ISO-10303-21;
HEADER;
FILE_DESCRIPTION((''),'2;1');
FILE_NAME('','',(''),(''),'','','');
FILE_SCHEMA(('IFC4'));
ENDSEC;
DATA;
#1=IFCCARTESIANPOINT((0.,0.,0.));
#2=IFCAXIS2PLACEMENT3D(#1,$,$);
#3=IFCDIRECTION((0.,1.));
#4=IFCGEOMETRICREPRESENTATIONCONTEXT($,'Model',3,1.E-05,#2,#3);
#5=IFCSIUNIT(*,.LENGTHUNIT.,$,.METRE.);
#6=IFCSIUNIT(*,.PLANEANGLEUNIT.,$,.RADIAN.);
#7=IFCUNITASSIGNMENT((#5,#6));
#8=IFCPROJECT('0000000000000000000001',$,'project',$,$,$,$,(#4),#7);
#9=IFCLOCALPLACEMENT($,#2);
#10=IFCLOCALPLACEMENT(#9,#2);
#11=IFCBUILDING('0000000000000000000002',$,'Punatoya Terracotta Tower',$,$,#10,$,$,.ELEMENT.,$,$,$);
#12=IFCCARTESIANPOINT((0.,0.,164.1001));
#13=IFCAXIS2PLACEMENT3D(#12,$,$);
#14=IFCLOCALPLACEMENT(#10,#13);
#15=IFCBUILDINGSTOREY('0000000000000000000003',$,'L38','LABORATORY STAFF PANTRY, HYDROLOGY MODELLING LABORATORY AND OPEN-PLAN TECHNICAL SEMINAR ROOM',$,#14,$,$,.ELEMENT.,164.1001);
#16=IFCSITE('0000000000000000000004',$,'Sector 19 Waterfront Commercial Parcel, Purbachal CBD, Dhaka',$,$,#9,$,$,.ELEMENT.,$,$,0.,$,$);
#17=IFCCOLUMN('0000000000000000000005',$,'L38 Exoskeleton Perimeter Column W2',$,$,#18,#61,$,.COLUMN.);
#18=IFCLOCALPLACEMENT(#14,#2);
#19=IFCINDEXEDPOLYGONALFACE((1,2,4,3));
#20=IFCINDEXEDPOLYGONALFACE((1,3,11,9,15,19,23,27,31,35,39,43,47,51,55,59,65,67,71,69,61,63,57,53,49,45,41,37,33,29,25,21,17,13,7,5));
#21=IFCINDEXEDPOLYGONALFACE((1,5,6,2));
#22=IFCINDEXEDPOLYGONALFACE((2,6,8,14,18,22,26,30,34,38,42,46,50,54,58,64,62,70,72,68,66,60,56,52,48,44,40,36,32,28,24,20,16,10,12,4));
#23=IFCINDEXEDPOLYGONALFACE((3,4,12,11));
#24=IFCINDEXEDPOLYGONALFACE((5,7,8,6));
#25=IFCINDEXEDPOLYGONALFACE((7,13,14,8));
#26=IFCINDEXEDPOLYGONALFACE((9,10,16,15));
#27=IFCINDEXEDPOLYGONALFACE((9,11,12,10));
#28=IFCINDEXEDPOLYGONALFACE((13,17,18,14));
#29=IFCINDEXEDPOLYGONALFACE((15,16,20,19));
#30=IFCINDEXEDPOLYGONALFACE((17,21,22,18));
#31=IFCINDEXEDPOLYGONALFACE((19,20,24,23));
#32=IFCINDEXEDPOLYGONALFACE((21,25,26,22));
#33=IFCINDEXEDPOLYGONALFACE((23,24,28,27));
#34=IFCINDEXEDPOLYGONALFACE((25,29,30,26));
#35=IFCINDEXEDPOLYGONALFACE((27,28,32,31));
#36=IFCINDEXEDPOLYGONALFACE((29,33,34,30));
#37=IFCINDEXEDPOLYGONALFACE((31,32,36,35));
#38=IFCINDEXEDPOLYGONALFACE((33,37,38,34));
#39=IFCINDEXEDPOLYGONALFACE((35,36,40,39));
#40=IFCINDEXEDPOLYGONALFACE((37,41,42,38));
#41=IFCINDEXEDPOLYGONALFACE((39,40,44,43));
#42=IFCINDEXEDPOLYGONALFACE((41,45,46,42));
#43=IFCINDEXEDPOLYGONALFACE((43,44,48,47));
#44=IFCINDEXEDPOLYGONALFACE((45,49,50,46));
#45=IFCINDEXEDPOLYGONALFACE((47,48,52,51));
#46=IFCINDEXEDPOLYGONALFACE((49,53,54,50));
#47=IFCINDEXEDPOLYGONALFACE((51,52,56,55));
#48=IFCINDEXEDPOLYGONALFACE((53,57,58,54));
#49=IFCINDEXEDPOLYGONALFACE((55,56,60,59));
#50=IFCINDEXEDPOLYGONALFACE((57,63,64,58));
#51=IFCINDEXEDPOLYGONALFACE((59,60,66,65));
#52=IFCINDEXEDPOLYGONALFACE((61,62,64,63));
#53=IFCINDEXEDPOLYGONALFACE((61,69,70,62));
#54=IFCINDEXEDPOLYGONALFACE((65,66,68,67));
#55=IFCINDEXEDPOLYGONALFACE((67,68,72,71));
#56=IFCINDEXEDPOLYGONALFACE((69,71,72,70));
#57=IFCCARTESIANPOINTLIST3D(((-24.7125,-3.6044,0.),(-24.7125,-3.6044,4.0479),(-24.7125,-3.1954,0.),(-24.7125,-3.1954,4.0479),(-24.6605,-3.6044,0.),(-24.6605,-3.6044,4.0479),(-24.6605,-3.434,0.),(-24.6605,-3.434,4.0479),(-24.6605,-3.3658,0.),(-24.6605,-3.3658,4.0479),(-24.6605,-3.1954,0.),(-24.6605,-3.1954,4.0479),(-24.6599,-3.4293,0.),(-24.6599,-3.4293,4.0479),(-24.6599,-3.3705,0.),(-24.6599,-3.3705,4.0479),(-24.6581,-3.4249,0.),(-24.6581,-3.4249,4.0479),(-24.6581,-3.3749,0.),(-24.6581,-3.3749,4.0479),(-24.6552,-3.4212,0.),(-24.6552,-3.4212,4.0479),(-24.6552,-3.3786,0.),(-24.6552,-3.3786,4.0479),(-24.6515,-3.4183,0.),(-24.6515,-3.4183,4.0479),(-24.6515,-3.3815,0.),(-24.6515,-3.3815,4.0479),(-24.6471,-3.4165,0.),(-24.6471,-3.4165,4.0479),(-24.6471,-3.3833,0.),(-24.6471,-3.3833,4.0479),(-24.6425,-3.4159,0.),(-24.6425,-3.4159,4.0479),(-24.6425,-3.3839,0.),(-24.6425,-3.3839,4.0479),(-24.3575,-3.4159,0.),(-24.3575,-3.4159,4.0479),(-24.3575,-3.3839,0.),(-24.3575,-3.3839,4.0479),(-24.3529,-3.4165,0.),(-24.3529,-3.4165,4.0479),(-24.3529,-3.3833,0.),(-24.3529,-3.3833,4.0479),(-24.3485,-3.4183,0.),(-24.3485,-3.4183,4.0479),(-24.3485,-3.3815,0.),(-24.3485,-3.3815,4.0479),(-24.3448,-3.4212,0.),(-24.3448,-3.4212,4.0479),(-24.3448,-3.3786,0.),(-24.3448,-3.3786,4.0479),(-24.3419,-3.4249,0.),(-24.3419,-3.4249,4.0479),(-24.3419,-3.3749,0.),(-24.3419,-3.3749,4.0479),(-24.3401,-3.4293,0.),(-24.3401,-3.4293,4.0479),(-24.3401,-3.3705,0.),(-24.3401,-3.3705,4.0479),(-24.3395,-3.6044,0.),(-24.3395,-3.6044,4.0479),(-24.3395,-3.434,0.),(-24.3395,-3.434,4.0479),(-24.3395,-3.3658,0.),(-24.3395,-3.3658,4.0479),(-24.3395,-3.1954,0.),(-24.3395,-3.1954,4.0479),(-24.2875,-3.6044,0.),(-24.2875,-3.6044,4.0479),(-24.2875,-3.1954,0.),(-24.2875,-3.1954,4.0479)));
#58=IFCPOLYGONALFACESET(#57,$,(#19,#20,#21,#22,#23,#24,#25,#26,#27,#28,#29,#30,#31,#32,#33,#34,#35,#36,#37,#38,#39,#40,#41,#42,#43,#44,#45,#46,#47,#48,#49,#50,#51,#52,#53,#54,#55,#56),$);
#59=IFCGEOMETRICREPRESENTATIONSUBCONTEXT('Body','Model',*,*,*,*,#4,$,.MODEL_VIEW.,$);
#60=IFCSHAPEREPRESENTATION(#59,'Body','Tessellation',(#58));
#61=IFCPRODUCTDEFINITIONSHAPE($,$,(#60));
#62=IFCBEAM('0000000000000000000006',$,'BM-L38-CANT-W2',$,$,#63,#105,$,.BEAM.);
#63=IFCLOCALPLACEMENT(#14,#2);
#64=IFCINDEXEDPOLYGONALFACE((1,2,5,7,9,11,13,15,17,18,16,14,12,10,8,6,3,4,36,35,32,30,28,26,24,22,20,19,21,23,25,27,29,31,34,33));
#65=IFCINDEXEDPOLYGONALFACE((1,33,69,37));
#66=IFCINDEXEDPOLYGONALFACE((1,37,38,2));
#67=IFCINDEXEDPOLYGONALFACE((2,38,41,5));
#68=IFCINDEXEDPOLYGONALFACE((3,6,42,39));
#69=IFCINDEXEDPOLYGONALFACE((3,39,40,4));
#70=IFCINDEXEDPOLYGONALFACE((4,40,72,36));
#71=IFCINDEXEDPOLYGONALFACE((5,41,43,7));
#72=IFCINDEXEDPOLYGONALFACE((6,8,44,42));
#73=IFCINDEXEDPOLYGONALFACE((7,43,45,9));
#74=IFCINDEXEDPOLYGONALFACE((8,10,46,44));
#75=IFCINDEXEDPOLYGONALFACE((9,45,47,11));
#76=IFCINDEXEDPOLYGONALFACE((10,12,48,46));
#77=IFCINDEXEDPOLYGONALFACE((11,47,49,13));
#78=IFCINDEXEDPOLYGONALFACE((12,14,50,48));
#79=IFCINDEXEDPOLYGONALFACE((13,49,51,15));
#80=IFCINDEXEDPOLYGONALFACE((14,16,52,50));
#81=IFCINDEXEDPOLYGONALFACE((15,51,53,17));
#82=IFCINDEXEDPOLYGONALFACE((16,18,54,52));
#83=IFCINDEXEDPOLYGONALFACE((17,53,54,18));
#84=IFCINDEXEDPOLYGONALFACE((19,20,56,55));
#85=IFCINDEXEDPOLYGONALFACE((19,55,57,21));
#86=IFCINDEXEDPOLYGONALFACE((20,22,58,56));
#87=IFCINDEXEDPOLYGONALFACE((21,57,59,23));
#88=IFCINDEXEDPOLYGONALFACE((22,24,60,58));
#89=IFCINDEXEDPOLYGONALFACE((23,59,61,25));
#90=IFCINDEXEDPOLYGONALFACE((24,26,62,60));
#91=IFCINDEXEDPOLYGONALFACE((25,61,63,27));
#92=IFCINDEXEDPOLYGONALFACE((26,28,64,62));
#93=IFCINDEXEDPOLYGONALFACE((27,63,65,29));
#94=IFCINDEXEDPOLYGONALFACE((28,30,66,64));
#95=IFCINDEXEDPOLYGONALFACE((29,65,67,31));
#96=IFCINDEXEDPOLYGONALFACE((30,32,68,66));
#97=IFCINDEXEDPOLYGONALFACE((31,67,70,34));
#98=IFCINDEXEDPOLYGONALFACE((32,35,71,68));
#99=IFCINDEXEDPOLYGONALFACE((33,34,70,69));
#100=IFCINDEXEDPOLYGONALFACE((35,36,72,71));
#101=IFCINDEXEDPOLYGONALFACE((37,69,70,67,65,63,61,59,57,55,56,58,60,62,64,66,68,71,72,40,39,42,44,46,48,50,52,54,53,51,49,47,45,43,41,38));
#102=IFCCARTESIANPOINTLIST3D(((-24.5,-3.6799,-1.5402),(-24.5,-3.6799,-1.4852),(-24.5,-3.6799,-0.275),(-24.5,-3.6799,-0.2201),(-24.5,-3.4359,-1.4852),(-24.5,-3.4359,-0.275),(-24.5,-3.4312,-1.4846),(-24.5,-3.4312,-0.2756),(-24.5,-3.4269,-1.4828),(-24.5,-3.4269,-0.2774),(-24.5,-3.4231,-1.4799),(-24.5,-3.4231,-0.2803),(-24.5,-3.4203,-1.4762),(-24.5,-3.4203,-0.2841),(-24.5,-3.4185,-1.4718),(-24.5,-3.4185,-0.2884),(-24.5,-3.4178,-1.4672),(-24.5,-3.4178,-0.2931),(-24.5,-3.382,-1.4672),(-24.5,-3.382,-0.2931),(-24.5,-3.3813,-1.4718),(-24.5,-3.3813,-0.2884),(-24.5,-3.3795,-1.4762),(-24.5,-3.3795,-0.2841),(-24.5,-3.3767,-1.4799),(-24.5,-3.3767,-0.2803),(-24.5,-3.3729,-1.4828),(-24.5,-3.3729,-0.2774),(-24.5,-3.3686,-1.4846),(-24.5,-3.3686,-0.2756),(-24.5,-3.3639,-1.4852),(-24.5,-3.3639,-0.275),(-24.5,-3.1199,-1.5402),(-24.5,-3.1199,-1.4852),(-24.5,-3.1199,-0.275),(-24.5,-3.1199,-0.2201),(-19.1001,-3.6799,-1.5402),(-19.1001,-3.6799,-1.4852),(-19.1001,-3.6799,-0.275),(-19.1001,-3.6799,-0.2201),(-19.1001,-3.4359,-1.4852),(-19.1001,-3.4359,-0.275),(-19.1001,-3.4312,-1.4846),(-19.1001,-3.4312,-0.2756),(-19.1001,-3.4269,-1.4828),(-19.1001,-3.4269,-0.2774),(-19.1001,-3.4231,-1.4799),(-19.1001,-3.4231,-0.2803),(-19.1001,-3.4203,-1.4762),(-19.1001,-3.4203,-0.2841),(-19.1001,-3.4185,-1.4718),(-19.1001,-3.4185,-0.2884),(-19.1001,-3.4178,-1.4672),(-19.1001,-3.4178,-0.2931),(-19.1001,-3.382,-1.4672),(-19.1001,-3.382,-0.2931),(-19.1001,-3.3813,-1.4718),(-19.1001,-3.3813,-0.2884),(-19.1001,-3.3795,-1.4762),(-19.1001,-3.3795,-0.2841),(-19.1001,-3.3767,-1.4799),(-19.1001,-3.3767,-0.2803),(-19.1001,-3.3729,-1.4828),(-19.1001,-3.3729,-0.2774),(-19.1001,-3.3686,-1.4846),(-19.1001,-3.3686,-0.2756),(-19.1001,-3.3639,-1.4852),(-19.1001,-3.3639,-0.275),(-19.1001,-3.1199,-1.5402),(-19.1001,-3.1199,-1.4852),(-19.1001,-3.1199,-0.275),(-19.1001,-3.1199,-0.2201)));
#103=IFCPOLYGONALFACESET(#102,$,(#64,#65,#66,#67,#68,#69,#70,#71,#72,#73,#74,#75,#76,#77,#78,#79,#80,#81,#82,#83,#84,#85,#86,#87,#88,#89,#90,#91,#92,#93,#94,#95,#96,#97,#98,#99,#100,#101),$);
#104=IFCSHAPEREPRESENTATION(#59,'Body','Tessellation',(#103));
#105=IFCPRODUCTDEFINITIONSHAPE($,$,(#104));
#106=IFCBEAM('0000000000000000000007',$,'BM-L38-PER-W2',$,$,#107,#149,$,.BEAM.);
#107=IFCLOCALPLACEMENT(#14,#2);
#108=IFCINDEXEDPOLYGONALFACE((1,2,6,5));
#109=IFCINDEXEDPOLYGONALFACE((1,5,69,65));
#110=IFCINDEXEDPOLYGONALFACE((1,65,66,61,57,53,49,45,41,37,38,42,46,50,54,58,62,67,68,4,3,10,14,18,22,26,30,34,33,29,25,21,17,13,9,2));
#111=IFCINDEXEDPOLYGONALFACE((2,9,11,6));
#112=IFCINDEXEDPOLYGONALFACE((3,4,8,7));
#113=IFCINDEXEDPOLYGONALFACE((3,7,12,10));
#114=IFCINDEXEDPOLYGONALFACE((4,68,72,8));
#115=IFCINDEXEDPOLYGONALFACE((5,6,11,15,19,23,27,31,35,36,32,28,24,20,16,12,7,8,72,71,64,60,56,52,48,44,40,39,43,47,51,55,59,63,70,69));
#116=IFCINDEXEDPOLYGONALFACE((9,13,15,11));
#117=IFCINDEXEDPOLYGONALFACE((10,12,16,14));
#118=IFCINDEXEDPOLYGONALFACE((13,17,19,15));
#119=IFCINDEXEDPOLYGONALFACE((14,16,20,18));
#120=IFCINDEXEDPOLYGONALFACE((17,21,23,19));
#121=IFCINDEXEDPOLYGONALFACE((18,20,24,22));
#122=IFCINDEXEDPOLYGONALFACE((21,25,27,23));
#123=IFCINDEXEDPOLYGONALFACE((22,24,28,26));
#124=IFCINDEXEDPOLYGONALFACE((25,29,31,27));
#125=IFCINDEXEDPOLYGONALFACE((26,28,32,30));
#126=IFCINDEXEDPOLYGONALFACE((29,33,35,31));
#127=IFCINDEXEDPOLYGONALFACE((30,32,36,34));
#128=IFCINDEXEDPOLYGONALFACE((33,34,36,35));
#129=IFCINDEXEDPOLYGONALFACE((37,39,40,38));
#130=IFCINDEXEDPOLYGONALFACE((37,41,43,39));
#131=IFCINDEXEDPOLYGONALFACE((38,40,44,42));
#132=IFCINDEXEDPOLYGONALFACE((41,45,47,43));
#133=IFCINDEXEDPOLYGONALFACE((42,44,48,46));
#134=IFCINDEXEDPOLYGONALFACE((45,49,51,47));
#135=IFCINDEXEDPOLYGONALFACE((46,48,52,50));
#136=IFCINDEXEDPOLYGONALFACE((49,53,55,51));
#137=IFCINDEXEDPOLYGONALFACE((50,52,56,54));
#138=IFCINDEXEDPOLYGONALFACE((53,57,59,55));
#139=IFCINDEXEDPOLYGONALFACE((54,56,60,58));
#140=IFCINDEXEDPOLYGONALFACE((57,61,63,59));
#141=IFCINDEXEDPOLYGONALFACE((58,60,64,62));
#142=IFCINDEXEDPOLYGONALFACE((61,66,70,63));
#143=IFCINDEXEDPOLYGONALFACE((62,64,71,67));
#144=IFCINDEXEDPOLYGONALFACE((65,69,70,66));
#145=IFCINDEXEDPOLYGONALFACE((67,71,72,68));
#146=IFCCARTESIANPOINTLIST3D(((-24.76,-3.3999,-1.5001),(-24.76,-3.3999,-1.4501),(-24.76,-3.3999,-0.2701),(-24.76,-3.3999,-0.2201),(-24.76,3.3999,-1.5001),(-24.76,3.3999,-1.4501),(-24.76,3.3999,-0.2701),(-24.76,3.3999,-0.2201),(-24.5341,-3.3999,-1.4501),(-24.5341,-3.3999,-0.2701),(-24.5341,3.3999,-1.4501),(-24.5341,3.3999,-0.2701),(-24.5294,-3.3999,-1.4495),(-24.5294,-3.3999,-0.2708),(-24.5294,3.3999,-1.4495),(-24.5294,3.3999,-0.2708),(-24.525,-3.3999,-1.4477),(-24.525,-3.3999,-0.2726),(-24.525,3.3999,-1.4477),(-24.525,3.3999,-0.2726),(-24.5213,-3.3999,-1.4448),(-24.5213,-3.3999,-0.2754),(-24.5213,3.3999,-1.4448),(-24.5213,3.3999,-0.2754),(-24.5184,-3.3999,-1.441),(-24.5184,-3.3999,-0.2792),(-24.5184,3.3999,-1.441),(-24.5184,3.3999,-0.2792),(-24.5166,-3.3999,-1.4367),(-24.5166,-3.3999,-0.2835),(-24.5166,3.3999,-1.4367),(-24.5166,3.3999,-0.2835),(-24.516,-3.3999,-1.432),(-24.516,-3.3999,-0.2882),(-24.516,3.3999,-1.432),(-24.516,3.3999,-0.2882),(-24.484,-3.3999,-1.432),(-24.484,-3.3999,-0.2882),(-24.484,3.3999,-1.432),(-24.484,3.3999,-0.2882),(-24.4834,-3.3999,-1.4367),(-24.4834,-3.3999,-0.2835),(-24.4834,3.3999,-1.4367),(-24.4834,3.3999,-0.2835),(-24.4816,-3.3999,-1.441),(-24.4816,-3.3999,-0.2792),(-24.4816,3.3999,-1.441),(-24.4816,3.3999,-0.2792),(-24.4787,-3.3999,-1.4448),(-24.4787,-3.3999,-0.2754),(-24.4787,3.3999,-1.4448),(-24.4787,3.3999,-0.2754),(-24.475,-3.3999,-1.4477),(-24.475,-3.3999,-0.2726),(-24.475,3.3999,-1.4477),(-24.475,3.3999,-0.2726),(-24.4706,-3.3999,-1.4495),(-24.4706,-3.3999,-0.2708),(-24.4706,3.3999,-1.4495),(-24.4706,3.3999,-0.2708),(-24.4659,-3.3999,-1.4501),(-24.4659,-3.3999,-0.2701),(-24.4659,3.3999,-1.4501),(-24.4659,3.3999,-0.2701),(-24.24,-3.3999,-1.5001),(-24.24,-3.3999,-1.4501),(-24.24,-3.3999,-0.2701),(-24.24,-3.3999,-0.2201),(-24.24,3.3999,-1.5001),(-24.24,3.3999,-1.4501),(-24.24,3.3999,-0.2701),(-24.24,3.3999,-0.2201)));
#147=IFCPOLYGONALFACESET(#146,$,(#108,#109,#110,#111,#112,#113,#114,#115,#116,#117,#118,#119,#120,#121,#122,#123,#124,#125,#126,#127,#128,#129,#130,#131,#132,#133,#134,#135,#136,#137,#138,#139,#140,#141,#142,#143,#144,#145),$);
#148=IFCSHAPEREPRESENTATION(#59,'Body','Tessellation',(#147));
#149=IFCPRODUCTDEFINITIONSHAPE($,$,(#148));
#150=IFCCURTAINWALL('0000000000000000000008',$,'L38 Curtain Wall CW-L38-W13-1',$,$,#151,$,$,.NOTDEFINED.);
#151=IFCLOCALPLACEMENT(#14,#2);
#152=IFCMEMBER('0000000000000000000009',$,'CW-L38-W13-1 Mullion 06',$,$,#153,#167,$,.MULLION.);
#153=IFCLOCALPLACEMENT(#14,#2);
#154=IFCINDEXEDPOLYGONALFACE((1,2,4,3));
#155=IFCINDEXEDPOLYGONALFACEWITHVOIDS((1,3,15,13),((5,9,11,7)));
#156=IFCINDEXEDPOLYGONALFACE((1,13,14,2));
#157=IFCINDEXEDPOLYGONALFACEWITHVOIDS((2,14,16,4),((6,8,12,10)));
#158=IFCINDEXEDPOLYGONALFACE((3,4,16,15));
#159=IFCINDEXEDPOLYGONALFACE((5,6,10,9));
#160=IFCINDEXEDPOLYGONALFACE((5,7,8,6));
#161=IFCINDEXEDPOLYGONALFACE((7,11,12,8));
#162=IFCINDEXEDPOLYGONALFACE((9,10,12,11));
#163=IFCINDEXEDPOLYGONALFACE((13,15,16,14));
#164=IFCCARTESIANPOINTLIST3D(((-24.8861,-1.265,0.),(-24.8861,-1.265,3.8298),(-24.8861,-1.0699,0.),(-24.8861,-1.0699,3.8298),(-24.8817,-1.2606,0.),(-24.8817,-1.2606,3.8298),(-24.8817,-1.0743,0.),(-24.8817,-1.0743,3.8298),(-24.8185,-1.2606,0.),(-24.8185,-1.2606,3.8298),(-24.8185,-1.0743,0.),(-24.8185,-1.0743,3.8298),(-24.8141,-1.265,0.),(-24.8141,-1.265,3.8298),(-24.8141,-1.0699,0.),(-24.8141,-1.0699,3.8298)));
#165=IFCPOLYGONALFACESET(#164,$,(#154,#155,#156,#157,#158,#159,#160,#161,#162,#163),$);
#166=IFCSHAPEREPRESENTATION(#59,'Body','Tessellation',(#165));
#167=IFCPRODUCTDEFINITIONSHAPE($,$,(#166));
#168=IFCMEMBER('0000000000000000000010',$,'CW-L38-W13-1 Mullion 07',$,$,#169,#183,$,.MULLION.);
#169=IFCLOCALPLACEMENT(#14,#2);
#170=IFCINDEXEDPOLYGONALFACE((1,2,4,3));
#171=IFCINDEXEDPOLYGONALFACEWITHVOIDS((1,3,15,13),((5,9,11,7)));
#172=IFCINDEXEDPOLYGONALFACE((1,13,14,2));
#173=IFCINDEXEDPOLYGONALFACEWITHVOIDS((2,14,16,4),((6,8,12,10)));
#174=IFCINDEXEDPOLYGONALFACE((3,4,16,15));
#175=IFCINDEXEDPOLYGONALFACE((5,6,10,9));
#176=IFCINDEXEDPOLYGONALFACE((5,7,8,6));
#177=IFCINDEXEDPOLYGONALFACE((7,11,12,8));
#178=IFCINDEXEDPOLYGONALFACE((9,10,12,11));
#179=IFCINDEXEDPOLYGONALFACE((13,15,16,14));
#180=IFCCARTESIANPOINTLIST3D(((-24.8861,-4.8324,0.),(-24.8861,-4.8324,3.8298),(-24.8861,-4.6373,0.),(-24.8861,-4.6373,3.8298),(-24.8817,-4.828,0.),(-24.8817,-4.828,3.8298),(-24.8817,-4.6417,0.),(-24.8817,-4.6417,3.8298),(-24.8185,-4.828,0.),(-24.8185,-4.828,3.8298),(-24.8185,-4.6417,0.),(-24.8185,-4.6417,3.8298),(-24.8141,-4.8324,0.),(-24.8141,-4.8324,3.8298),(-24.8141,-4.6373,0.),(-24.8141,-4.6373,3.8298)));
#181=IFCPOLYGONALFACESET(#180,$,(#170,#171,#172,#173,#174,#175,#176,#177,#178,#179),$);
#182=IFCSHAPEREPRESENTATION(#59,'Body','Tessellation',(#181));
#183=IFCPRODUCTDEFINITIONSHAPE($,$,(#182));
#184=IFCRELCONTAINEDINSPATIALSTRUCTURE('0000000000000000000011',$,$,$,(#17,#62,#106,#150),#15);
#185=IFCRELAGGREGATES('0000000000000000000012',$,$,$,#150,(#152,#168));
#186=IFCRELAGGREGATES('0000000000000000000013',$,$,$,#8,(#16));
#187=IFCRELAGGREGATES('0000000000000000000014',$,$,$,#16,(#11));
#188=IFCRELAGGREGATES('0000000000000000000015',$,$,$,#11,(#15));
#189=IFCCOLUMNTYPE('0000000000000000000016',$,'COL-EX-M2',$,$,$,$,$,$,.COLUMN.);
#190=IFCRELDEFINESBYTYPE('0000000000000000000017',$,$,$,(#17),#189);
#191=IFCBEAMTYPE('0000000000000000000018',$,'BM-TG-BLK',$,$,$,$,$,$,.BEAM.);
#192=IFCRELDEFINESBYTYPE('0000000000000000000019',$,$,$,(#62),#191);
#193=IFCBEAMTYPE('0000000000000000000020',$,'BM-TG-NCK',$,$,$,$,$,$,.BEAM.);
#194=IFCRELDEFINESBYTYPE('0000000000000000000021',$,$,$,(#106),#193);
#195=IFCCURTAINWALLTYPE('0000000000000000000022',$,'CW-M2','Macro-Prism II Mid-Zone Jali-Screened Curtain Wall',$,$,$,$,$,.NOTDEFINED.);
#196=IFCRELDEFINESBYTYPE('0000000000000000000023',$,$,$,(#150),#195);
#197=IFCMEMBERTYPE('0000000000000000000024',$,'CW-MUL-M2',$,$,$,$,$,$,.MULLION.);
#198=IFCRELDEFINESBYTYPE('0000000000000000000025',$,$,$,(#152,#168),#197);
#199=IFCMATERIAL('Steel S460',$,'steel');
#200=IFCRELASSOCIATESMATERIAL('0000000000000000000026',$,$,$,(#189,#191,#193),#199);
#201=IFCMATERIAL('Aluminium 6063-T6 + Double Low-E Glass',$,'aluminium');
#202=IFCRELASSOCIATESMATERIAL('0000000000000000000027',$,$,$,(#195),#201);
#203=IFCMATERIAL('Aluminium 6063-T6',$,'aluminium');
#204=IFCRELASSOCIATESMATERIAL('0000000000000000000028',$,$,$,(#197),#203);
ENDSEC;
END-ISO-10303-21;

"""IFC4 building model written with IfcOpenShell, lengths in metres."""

from ifc_helpers import new_model, si_unit, direction, frame, origin, origin_2d, place, context, subcontext, project, spatial, hollow_rectangle, i_section, extrude, material, material_profile, profile_set, type_object, element, aggregate, save


model = new_model("IFC4")

# Units and contexts
model_context = context("Model", 3, precision=1e-05, world=origin(), true_north=direction((0.0, 1.0)))
body_context = subcontext(model_context, "Body", "Model", "MODEL_VIEW")
ifc_project = project(units=[si_unit("LENGTHUNIT", "METRE"), si_unit("PLANEANGLEUNIT", "RADIAN")], contexts=[model_context])

# Site, building, storey
site_placement = place(None, origin())
site = spatial("IfcSite", under=ifc_project, at=site_placement, Name="Sector 19 Waterfront Commercial Parcel, Purbachal CBD, Dhaka", CompositionType="ELEMENT", RefElevation=0.0)
building_placement = place(site_placement, origin())
building = spatial("IfcBuilding", under=site, at=building_placement, Name="Punatoya Terracotta Tower", CompositionType="ELEMENT")
storey_placement = place(building_placement, frame((0.0, 0.0, 164.1001)))
storey = spatial("IfcBuildingStorey", under=building, at=storey_placement, Name="L38", Description="LABORATORY STAFF PANTRY, HYDROLOGY MODELLING LABORATORY AND OPEN-PLAN TECHNICAL SEMINAR ROOM", CompositionType="ELEMENT", Elevation=164.1001)

# Column
ifc_material_1 = material(Name="Steel S460", Category="steel")
ifc_material_profile_1 = material_profile(ifc_material_1, i_section(OverallWidth=0.4089, OverallDepth=0.425, WebThickness=0.032, FlangeThickness=0.052, FilletRadius=0.0181, at=origin_2d()))
ifc_profile_set_1 = profile_set([ifc_material_profile_1], Name="Steel S460")
column_type = type_object("IfcColumnType", Name="COL-EX-M2", PredefinedType="COLUMN", material=ifc_profile_set_1)
column_placement = place(storey_placement, frame((-24.5, -3.3999, 0.0), z_axis=(0.0, 0.0, 1.0), x_axis=(0.0, 1.0, 0.0)))
element("IfcColumn", 1, at=column_placement, inside=storey, type_object=column_type, Name="L38 Exoskeleton Perimeter Column W2", PredefinedType="COLUMN", context=body_context, shape_type="SweptSolid", body=[
    extrude(i_section(OverallWidth=0.4089, OverallDepth=0.425, WebThickness=0.032, FlangeThickness=0.052, FilletRadius=0.0181, at=origin_2d()), origin(), (0.0, 0.0, 1.0), 4.0479),
])

# Beams
ifc_material_profile_2 = material_profile(ifc_material_1, i_section(OverallWidth=0.5601, OverallDepth=1.3201, WebThickness=0.0359, FlangeThickness=0.0549, FilletRadius=0.0181, at=origin_2d()))
ifc_profile_set_2 = profile_set([ifc_material_profile_2], Name="Steel S460")
beam_type_1 = type_object("IfcBeamType", Name="BM-TG-BLK", PredefinedType="BEAM", material=ifc_profile_set_2)
beam_1_placement = place(storey_placement, frame((-24.5, -3.3999, -0.8801), z_axis=(1.0, 0.0, 0.0), x_axis=(0.0, 1.0, 0.0)))
element("IfcBeam", 2, at=beam_1_placement, inside=storey, type_object=beam_type_1, Name="BM-L38-CANT-W2", PredefinedType="BEAM", context=body_context, shape_type="SweptSolid", body=[
    extrude(i_section(OverallWidth=0.5601, OverallDepth=1.3201, WebThickness=0.0359, FlangeThickness=0.0549, FilletRadius=0.0181, at=origin_2d()), origin(), (0.0, 0.0, 1.0), 5.3999),
])
ifc_material_profile_3 = material_profile(ifc_material_1, i_section(OverallWidth=0.52, OverallDepth=1.28, WebThickness=0.032, FlangeThickness=0.05, FilletRadius=0.0181, at=origin_2d()))
ifc_profile_set_3 = profile_set([ifc_material_profile_3], Name="Steel S460")
beam_type_2 = type_object("IfcBeamType", Name="BM-TG-NCK", PredefinedType="BEAM", material=ifc_profile_set_3)
beam_2_placement = place(storey_placement, frame((-24.5, -3.3999, -0.8601), z_axis=(0.0, 1.0, 0.0), x_axis=(-1.0, 0.0, 0.0)))
element("IfcBeam", 3, at=beam_2_placement, inside=storey, type_object=beam_type_2, Name="BM-L38-PER-W2", PredefinedType="BEAM", context=body_context, shape_type="SweptSolid", body=[
    extrude(i_section(OverallWidth=0.52, OverallDepth=1.28, WebThickness=0.032, FlangeThickness=0.05, FilletRadius=0.0181, at=origin_2d()), origin(), (0.0, 0.0, 1.0), 6.7998),
])

# Curtain wall, members
ifc_material_2 = material(Name="Aluminium 6063-T6 + Double Low-E Glass", Category="aluminium")
curtain_wall_type = type_object("IfcCurtainWallType", Name="CW-M2", Description="Macro-Prism II Mid-Zone Jali-Screened Curtain Wall", PredefinedType="NOTDEFINED", material=ifc_material_2)
curtain_wall_1_placement = place(storey_placement, origin())
curtain_wall_1 = element("IfcCurtainWall", 4, at=curtain_wall_1_placement, inside=storey, type_object=curtain_wall_type, Name="L38 Curtain Wall CW-L38-W13-1", PredefinedType="NOTDEFINED")
ifc_material_3 = material(Name="Aluminium 6063-T6", Category="aluminium")
ifc_material_profile_4 = material_profile(ifc_material_3, hollow_rectangle(XDim=0.072, YDim=0.1951, WallThickness=0.0044, at=origin_2d()))
ifc_profile_set_4 = profile_set([ifc_material_profile_4], Name="Aluminium 6063-T6")
member_type_1 = type_object("IfcMemberType", Name="CW-MUL-M2", PredefinedType="MULLION", material=ifc_profile_set_4)
member_1_placement = place(storey_placement, frame((-24.8501, -1.1675, 0.0), z_axis=(0.0, 0.0, 1.0), x_axis=(1.0, 0.0, 0.0)))
member_1 = element("IfcMember", 5, at=member_1_placement, type_object=member_type_1, Name="CW-L38-W13-1 Mullion 06", PredefinedType="MULLION", context=body_context, shape_type="SweptSolid", body=[
    extrude(hollow_rectangle(XDim=0.072, YDim=0.1951, WallThickness=0.0044, at=origin_2d()), origin(), (0.0, 0.0, 1.0), 3.8298),
])
member_2_placement = place(storey_placement, frame((-24.8501, -4.7349, 0.0), z_axis=(0.0, 0.0, 1.0), x_axis=(1.0, 0.0, 0.0)))
member_2 = element("IfcMember", 6, at=member_2_placement, type_object=member_type_1, Name="CW-L38-W13-1 Mullion 07", PredefinedType="MULLION", context=body_context, shape_type="SweptSolid", body=[
    extrude(hollow_rectangle(XDim=0.072, YDim=0.1951, WallThickness=0.0044, at=origin_2d()), origin(), (0.0, 0.0, 1.0), 3.8298),
])

aggregate(curtain_wall_1, [member_1, member_2])

save(model, "model.ifc")
